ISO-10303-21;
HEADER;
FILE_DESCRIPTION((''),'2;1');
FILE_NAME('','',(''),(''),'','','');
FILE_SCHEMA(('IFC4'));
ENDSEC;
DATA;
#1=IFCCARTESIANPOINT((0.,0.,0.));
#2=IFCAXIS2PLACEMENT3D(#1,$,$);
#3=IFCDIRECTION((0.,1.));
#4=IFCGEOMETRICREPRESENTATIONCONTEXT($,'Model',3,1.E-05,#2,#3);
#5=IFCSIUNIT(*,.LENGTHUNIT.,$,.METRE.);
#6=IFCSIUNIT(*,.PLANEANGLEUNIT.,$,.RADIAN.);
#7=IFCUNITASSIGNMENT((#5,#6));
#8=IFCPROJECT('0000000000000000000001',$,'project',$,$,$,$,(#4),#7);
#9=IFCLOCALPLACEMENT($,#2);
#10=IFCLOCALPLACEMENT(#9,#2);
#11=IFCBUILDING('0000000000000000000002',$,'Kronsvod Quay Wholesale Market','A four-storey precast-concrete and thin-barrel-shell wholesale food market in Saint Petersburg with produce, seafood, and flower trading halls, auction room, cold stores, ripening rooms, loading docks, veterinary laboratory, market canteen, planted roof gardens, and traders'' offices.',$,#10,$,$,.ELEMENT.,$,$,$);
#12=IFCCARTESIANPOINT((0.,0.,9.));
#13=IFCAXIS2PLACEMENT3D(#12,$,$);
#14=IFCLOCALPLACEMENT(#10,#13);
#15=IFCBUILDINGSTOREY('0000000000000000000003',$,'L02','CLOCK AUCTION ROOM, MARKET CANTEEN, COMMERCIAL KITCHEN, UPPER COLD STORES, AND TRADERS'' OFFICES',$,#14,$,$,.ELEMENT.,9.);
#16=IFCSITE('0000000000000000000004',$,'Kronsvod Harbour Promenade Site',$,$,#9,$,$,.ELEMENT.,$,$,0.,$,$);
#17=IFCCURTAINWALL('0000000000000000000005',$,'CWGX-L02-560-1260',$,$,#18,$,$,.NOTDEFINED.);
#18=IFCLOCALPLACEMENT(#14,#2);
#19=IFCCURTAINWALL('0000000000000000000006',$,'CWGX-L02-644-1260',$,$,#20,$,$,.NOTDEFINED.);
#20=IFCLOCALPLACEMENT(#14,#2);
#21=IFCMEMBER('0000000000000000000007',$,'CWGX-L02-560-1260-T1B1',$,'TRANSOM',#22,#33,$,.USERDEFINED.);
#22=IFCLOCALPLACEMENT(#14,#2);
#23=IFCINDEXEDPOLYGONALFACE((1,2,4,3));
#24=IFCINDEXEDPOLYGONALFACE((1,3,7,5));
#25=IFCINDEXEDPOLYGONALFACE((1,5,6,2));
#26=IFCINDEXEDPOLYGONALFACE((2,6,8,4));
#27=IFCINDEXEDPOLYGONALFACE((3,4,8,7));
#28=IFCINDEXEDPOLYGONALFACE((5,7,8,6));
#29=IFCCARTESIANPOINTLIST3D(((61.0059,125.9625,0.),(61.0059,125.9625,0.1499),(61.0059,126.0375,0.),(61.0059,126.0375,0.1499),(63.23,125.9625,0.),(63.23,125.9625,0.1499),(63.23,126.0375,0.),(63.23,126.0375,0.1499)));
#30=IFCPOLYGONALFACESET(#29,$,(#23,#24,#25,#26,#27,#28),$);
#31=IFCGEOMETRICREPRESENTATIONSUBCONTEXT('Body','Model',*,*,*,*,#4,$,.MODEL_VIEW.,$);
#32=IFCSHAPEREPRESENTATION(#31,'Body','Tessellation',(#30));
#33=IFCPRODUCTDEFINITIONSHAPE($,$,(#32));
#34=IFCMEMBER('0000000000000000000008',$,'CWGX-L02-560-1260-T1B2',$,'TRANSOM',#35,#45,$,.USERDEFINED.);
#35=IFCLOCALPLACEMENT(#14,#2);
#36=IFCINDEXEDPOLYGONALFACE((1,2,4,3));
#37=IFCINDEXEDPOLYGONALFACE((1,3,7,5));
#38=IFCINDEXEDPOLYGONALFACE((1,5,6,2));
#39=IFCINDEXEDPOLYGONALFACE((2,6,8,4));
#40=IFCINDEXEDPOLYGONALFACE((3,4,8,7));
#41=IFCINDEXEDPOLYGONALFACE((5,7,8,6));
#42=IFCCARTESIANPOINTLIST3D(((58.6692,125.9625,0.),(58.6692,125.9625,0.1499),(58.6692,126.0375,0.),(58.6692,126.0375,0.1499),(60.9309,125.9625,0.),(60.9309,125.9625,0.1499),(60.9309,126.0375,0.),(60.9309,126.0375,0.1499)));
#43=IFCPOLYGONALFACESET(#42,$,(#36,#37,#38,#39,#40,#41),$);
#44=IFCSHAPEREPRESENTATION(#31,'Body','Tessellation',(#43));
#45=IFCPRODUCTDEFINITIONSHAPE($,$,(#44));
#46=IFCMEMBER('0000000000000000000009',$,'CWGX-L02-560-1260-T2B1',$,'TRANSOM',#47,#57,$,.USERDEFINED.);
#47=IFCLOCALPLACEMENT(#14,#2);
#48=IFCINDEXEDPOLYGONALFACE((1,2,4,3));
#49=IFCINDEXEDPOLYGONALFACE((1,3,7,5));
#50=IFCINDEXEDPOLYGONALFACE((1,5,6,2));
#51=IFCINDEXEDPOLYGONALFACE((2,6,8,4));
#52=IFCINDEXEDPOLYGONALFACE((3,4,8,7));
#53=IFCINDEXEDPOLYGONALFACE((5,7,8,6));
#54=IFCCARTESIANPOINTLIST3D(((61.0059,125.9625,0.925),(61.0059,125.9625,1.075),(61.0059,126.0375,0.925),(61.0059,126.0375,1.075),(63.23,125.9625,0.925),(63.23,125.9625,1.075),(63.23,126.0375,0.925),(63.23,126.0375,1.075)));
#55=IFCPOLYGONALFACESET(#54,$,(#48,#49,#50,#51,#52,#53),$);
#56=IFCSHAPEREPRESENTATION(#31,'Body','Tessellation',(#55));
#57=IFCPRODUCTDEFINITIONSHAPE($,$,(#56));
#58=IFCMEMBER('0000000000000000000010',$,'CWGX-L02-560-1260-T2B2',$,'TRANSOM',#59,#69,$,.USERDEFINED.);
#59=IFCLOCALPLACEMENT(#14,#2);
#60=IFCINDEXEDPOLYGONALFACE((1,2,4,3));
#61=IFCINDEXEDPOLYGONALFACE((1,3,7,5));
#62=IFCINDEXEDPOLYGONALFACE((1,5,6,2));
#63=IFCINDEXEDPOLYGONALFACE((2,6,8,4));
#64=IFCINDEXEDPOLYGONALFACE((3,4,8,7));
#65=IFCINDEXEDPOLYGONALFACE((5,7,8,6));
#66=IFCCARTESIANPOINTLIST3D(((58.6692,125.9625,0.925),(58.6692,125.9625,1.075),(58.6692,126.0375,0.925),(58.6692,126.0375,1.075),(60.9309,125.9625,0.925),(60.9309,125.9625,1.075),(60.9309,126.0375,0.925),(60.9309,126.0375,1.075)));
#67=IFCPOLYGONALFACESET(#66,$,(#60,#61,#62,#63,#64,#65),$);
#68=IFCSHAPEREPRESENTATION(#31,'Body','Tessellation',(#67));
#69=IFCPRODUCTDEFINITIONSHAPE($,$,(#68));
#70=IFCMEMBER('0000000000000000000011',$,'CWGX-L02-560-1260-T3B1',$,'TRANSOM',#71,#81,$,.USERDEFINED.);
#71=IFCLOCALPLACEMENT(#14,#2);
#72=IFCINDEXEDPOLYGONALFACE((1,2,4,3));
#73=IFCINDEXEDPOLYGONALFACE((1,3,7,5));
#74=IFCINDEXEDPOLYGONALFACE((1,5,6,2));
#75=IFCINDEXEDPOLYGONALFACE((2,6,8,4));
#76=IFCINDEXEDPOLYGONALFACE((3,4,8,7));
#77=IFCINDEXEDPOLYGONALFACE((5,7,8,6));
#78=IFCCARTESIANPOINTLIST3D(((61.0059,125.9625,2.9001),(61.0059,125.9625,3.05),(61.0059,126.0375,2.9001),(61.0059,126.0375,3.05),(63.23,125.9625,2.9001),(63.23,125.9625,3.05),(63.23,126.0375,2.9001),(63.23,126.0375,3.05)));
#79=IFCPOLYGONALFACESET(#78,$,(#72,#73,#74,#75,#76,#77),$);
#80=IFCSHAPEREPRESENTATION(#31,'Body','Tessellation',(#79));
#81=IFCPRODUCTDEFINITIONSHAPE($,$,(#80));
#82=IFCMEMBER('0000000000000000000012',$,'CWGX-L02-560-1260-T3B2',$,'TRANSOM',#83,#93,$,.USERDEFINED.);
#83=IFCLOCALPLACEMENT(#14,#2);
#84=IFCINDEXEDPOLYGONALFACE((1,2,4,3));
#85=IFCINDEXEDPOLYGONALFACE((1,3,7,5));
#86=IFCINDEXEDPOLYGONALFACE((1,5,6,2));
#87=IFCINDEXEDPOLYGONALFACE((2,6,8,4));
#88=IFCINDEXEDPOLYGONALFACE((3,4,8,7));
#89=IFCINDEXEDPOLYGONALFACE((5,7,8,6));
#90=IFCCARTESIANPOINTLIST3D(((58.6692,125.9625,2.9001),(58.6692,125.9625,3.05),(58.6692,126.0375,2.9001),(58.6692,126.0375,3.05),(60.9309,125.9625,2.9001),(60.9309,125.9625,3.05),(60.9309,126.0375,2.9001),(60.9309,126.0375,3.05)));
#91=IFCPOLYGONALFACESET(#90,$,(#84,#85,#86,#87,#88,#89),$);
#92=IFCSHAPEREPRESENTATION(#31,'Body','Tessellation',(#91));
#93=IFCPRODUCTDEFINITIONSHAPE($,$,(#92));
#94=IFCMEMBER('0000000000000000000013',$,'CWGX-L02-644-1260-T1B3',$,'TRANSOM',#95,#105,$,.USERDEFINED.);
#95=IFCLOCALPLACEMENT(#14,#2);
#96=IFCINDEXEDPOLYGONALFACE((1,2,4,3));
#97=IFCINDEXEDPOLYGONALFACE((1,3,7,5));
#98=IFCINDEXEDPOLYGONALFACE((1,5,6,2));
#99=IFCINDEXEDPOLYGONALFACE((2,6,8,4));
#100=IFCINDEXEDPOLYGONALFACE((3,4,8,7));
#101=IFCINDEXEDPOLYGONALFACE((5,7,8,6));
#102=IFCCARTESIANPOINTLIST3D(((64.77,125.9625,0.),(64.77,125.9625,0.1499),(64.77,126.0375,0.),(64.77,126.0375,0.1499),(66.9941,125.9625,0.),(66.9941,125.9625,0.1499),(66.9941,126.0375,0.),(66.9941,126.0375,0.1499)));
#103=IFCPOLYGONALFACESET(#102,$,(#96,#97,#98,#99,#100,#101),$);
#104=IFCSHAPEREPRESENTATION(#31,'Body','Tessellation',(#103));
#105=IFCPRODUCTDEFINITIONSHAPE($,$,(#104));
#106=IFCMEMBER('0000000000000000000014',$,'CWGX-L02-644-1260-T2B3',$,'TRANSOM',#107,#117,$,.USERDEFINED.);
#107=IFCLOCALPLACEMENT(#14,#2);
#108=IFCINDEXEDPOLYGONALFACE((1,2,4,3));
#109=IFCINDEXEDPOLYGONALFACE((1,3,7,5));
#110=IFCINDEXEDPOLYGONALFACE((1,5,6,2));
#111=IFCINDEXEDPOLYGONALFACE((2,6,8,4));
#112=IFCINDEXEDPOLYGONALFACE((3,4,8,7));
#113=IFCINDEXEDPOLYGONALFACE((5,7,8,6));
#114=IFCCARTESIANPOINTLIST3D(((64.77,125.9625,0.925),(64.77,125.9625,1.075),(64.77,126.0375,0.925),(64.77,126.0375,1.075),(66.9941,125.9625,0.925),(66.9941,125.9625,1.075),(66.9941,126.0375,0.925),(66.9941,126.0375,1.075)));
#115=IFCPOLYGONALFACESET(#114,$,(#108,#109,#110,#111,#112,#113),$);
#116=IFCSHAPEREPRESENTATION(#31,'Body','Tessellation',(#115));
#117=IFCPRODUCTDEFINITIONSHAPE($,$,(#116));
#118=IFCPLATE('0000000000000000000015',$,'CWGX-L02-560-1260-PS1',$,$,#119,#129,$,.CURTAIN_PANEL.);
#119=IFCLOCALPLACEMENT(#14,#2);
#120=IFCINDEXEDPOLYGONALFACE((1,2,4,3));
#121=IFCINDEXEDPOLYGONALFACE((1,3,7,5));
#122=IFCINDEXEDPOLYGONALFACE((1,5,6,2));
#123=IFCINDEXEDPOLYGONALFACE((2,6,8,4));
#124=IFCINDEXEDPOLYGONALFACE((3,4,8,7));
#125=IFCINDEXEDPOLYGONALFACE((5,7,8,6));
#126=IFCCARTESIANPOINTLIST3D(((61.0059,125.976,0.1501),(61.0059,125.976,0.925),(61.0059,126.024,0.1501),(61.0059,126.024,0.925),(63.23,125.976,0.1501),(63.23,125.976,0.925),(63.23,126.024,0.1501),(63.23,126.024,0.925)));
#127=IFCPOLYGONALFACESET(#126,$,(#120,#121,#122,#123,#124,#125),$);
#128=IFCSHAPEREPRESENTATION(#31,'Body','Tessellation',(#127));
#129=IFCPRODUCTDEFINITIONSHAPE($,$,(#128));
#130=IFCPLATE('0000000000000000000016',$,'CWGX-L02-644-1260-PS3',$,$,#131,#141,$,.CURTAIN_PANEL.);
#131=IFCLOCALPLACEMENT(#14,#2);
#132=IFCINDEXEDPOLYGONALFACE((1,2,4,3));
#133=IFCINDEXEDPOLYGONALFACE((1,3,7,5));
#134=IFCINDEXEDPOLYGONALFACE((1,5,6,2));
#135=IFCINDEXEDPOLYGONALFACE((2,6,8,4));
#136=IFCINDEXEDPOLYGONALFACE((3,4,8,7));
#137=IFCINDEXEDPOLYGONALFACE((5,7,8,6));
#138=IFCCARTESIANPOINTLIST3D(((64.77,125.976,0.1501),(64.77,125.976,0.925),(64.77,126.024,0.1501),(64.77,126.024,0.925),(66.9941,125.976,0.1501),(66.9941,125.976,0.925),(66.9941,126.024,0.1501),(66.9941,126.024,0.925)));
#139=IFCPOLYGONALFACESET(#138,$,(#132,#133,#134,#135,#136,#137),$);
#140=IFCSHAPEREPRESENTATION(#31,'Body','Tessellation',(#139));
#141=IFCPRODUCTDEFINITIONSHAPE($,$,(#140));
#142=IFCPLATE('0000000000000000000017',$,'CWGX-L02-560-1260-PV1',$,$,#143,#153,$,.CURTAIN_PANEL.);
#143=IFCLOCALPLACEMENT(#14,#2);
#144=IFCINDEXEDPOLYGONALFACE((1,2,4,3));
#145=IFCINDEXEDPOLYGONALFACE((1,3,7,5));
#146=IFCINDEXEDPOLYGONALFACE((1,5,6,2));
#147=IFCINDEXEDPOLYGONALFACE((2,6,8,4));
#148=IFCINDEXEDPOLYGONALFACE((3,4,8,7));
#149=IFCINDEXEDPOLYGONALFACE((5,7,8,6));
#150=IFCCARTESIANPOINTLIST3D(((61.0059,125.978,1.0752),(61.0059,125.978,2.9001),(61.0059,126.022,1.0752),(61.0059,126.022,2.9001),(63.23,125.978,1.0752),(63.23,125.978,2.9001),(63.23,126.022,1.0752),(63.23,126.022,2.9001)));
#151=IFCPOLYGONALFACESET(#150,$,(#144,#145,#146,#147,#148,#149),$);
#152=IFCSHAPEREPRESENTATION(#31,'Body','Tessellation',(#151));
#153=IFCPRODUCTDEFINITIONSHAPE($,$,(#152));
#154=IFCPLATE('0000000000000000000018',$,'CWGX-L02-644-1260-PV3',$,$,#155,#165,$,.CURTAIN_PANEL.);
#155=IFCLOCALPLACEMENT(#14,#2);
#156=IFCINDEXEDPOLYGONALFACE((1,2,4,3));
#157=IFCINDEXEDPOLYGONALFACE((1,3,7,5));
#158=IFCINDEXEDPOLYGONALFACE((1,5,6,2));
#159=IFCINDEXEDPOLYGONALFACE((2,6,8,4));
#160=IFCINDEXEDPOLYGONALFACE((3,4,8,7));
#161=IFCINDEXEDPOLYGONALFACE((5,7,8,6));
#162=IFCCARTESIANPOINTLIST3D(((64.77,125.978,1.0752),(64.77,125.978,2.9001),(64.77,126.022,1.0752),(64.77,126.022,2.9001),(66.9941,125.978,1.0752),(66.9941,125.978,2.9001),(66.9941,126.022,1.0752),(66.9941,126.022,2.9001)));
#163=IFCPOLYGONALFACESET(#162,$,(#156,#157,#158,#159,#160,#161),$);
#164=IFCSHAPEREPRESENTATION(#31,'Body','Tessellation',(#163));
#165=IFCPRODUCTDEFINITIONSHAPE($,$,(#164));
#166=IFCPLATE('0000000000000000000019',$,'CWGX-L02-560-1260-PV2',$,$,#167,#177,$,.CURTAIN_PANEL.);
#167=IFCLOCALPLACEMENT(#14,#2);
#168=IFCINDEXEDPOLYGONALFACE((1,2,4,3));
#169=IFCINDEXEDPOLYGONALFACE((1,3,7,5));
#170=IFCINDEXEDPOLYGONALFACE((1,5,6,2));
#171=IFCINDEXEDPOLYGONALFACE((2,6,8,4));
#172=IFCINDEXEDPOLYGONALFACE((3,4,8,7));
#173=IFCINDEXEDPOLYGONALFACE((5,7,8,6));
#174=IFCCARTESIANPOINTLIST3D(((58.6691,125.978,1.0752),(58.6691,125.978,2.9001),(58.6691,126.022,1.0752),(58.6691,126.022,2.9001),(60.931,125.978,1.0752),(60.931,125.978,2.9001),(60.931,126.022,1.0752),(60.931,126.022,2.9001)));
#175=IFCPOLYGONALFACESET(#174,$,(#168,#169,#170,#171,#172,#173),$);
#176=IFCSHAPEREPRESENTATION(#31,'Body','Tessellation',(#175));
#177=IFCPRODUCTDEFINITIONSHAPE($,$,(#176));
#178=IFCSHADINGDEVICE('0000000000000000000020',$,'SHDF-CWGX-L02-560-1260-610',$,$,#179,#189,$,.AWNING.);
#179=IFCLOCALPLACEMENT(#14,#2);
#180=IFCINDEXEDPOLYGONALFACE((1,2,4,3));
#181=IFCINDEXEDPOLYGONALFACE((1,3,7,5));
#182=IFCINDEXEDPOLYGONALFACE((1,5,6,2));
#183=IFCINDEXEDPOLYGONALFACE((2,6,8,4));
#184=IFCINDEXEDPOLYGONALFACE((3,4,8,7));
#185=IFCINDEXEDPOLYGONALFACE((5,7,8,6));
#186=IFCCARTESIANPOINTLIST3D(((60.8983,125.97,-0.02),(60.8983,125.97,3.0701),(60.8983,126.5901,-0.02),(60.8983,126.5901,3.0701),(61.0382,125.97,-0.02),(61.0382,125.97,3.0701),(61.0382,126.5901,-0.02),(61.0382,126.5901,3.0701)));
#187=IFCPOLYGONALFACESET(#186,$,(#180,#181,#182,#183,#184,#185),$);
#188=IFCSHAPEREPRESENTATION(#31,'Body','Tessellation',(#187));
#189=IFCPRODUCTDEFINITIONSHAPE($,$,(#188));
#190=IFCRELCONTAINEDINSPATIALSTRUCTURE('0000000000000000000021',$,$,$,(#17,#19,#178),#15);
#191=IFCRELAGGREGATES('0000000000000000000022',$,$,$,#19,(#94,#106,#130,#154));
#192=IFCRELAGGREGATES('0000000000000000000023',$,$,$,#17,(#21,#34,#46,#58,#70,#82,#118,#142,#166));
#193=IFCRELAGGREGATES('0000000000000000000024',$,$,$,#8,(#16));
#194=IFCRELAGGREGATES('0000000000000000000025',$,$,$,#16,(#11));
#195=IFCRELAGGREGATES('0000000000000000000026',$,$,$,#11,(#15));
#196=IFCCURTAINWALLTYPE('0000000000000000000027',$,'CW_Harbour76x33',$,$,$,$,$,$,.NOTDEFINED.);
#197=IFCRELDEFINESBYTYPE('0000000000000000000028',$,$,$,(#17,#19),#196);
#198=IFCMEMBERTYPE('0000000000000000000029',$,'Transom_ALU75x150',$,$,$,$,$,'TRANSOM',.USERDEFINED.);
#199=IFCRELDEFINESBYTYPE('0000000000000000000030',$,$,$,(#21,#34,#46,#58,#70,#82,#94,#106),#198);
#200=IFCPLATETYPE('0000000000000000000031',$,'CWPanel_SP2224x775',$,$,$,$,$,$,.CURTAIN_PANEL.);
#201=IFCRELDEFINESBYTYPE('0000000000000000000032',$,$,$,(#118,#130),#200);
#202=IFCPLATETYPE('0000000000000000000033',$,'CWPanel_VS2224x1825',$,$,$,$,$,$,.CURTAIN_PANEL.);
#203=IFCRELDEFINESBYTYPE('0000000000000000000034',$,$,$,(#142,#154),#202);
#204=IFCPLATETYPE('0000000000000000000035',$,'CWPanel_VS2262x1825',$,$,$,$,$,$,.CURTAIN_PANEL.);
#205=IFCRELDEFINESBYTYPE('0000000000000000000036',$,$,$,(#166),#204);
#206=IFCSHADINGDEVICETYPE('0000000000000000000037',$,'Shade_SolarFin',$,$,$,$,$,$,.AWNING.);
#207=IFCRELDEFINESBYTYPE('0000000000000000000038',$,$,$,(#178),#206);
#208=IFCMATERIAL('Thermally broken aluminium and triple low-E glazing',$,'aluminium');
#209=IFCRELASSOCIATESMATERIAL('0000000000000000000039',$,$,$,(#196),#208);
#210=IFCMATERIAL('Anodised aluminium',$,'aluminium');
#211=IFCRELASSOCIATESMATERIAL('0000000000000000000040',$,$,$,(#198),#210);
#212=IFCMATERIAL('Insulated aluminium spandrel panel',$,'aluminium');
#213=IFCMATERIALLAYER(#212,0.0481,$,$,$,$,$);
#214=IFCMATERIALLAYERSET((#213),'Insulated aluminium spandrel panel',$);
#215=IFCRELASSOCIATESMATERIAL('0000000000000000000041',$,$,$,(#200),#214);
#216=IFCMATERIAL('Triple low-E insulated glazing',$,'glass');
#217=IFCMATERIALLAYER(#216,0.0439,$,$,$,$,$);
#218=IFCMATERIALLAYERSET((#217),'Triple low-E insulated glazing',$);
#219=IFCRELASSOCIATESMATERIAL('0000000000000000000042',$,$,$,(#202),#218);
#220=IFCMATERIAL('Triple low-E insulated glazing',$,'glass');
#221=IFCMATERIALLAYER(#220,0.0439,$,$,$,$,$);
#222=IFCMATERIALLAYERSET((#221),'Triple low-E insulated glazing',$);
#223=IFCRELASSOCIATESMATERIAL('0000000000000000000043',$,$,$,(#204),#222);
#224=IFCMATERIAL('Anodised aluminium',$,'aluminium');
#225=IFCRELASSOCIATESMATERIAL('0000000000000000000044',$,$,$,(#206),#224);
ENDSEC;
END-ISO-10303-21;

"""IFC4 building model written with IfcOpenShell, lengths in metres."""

from ifc_helpers import new_model, si_unit, direction, frame, origin, origin_2d, place, context, subcontext, project, spatial, rectangle, extrude, material, layer, layer_set, material_profile, profile_set, type_object, element, aggregate, save


model = new_model("IFC4")

# Units and contexts
model_context = context("Model", 3, precision=1e-05, world=origin(), true_north=direction((0.0, 1.0)))
body_context = subcontext(model_context, "Body", "Model", "MODEL_VIEW")
ifc_project = project(units=[si_unit("LENGTHUNIT", "METRE"), si_unit("PLANEANGLEUNIT", "RADIAN")], contexts=[model_context])

# Site, building, storey
site_placement = place(None, origin())
site = spatial("IfcSite", under=ifc_project, at=site_placement, Name="Kronsvod Harbour Promenade Site", CompositionType="ELEMENT", RefElevation=0.0)
building_placement = place(site_placement, origin())
building = spatial("IfcBuilding", under=site, at=building_placement, Name="Kronsvod Quay Wholesale Market", Description="A four-storey precast-concrete and thin-barrel-shell wholesale food market in Saint Petersburg with produce, seafood, and flower trading halls, auction room, cold stores, ripening rooms, loading docks, veterinary laboratory, market canteen, planted roof gardens, and traders' offices.", CompositionType="ELEMENT")
storey_placement = place(building_placement, frame((0.0, 0.0, 9.0)))
storey = spatial("IfcBuildingStorey", under=building, at=storey_placement, Name="L02", Description="CLOCK AUCTION ROOM, MARKET CANTEEN, COMMERCIAL KITCHEN, UPPER COLD STORES, AND TRADERS' OFFICES", CompositionType="ELEMENT", Elevation=9.0)

# Curtain wall
ifc_material_1 = material(Name="Thermally broken aluminium and triple low-E glazing", Category="aluminium")
curtain_wall_type = type_object("IfcCurtainWallType", Name="CW_Harbour76x33", PredefinedType="NOTDEFINED", material=ifc_material_1)
curtain_wall_1_placement = place(storey_placement, origin())
curtain_wall_1 = element("IfcCurtainWall", 1, at=curtain_wall_1_placement, inside=storey, type_object=curtain_wall_type, Name="CWGX-L02-560-1260", PredefinedType="NOTDEFINED")

# Curtain wall
curtain_wall_2_placement = place(storey_placement, origin())
curtain_wall_2 = element("IfcCurtainWall", 2, at=curtain_wall_2_placement, inside=storey, type_object=curtain_wall_type, Name="CWGX-L02-644-1260", PredefinedType="NOTDEFINED")

# Members
ifc_material_2 = material(Name="Anodised aluminium", Category="aluminium")
ifc_material_profile_1 = material_profile(ifc_material_2, rectangle(XDim=0.075, YDim=0.1499, at=origin_2d()), Name="ALUT75x150")
ifc_profile_set_1 = profile_set([ifc_material_profile_1], Name="Anodised aluminium")
member_type_1 = type_object("IfcMemberType", Name="Transom_ALU75x150", ElementType="TRANSOM", PredefinedType="USERDEFINED", material=ifc_profile_set_1)
member_1_placement = place(storey_placement, frame((63.23, 126.0, 0.075), z_axis=(-1.0, 0.0, 0.0), x_axis=(0.0, -1.0, 0.0)))
member_1 = element("IfcMember", 3, at=member_1_placement, type_object=member_type_1, Name="CWGX-L02-560-1260-T1B1", ObjectType="TRANSOM", PredefinedType="USERDEFINED", context=body_context, shape_type="SweptSolid", body=[
    extrude(rectangle(XDim=0.075, YDim=0.1499, at=origin_2d()), origin(), (0.0, 0.0, 1.0), 2.2241),
])
member_2_placement = place(storey_placement, frame((60.9309, 126.0, 0.075), z_axis=(-1.0, 0.0, 0.0), x_axis=(0.0, -1.0, 0.0)))
member_2 = element("IfcMember", 4, at=member_2_placement, type_object=member_type_1, Name="CWGX-L02-560-1260-T1B2", ObjectType="TRANSOM", PredefinedType="USERDEFINED", context=body_context, shape_type="SweptSolid", body=[
    extrude(rectangle(XDim=0.075, YDim=0.1499, at=origin_2d()), origin(), (0.0, 0.0, 1.0), 2.2617),
])
member_3_placement = place(storey_placement, frame((63.23, 126.0, 1.0), z_axis=(-1.0, 0.0, 0.0), x_axis=(0.0, -1.0, 0.0)))
member_3 = element("IfcMember", 5, at=member_3_placement, type_object=member_type_1, Name="CWGX-L02-560-1260-T2B1", ObjectType="TRANSOM", PredefinedType="USERDEFINED", context=body_context, shape_type="SweptSolid", body=[
    extrude(rectangle(XDim=0.075, YDim=0.1499, at=origin_2d()), origin(), (0.0, 0.0, 1.0), 2.2241),
])
member_4_placement = place(storey_placement, frame((60.9309, 126.0, 1.0), z_axis=(-1.0, 0.0, 0.0), x_axis=(0.0, -1.0, 0.0)))
member_4 = element("IfcMember", 6, at=member_4_placement, type_object=member_type_1, Name="CWGX-L02-560-1260-T2B2", ObjectType="TRANSOM", PredefinedType="USERDEFINED", context=body_context, shape_type="SweptSolid", body=[
    extrude(rectangle(XDim=0.075, YDim=0.1499, at=origin_2d()), origin(), (0.0, 0.0, 1.0), 2.2617),
])
member_5_placement = place(storey_placement, frame((63.23, 126.0, 2.9751), z_axis=(-1.0, 0.0, 0.0), x_axis=(0.0, -1.0, 0.0)))
member_5 = element("IfcMember", 7, at=member_5_placement, type_object=member_type_1, Name="CWGX-L02-560-1260-T3B1", ObjectType="TRANSOM", PredefinedType="USERDEFINED", context=body_context, shape_type="SweptSolid", body=[
    extrude(rectangle(XDim=0.075, YDim=0.1499, at=origin_2d()), origin(), (0.0, 0.0, 1.0), 2.2241),
])
member_6_placement = place(storey_placement, frame((60.9309, 126.0, 2.9751), z_axis=(-1.0, 0.0, 0.0), x_axis=(0.0, -1.0, 0.0)))
member_6 = element("IfcMember", 8, at=member_6_placement, type_object=member_type_1, Name="CWGX-L02-560-1260-T3B2", ObjectType="TRANSOM", PredefinedType="USERDEFINED", context=body_context, shape_type="SweptSolid", body=[
    extrude(rectangle(XDim=0.075, YDim=0.1499, at=origin_2d()), origin(), (0.0, 0.0, 1.0), 2.2617),
])
member_7_placement = place(storey_placement, frame((66.9941, 126.0, 0.075), z_axis=(-1.0, 0.0, 0.0), x_axis=(0.0, -1.0, 0.0)))
member_7 = element("IfcMember", 9, at=member_7_placement, type_object=member_type_1, Name="CWGX-L02-644-1260-T1B3", ObjectType="TRANSOM", PredefinedType="USERDEFINED", context=body_context, shape_type="SweptSolid", body=[
    extrude(rectangle(XDim=0.075, YDim=0.1499, at=origin_2d()), origin(), (0.0, 0.0, 1.0), 2.2241),
])
member_8_placement = place(storey_placement, frame((66.9941, 126.0, 1.0), z_axis=(-1.0, 0.0, 0.0), x_axis=(0.0, -1.0, 0.0)))
member_8 = element("IfcMember", 10, at=member_8_placement, type_object=member_type_1, Name="CWGX-L02-644-1260-T2B3", ObjectType="TRANSOM", PredefinedType="USERDEFINED", context=body_context, shape_type="SweptSolid", body=[
    extrude(rectangle(XDim=0.075, YDim=0.1499, at=origin_2d()), origin(), (0.0, 0.0, 1.0), 2.2241),
])

# Plates
ifc_material_3 = material(Name="Insulated aluminium spandrel panel", Category="aluminium")
ifc_layer_1 = layer(ifc_material_3, 0.0481)
ifc_layer_set_1 = layer_set([ifc_layer_1], Name="Insulated aluminium spandrel panel")
plate_type_1 = type_object("IfcPlateType", Name="CWPanel_SP2224x775", PredefinedType="CURTAIN_PANEL", material=ifc_layer_set_1)
plate_1_placement = place(storey_placement, frame((62.1179, 126.0, 0.1501), z_axis=(0.0, 0.0, 1.0), x_axis=(-1.0, 0.0, 0.0)))
plate_1 = element("IfcPlate", 11, at=plate_1_placement, type_object=plate_type_1, Name="CWGX-L02-560-1260-PS1", PredefinedType="CURTAIN_PANEL", context=body_context, shape_type="SweptSolid", body=[
    extrude(rectangle(XDim=2.2241, YDim=0.0481, at=origin_2d()), origin(), (0.0, 0.0, 1.0), 0.7749),
])
plate_2_placement = place(storey_placement, frame((65.8821, 126.0, 0.1501), z_axis=(0.0, 0.0, 1.0), x_axis=(-1.0, 0.0, 0.0)))
plate_2 = element("IfcPlate", 12, at=plate_2_placement, type_object=plate_type_1, Name="CWGX-L02-644-1260-PS3", PredefinedType="CURTAIN_PANEL", context=body_context, shape_type="SweptSolid", body=[
    extrude(rectangle(XDim=2.2241, YDim=0.0481, at=origin_2d()), origin(), (0.0, 0.0, 1.0), 0.7749),
])
ifc_material_4 = material(Name="Triple low-E insulated glazing", Category="glass")
ifc_layer_2 = layer(ifc_material_4, 0.0439)
ifc_layer_set_2 = layer_set([ifc_layer_2], Name="Triple low-E insulated glazing")
plate_type_2 = type_object("IfcPlateType", Name="CWPanel_VS2224x1825", PredefinedType="CURTAIN_PANEL", material=ifc_layer_set_2)
plate_3_placement = place(storey_placement, frame((62.1179, 126.0, 1.0752), z_axis=(0.0, 0.0, 1.0), x_axis=(-1.0, 0.0, 0.0)))
plate_3 = element("IfcPlate", 13, at=plate_3_placement, type_object=plate_type_2, Name="CWGX-L02-560-1260-PV1", PredefinedType="CURTAIN_PANEL", context=body_context, shape_type="SweptSolid", body=[
    extrude(rectangle(XDim=2.2241, YDim=0.0439, at=origin_2d()), origin(), (0.0, 0.0, 1.0), 1.825),
])
plate_4_placement = place(storey_placement, frame((65.8821, 126.0, 1.0752), z_axis=(0.0, 0.0, 1.0), x_axis=(-1.0, 0.0, 0.0)))
plate_4 = element("IfcPlate", 14, at=plate_4_placement, type_object=plate_type_2, Name="CWGX-L02-644-1260-PV3", PredefinedType="CURTAIN_PANEL", context=body_context, shape_type="SweptSolid", body=[
    extrude(rectangle(XDim=2.2241, YDim=0.0439, at=origin_2d()), origin(), (0.0, 0.0, 1.0), 1.825),
])
aggregate(curtain_wall_2, [member_7, member_8, plate_2, plate_4])
ifc_material_5 = material(Name="Triple low-E insulated glazing", Category="glass")
ifc_layer_3 = layer(ifc_material_5, 0.0439)
ifc_layer_set_3 = layer_set([ifc_layer_3], Name="Triple low-E insulated glazing")
plate_type_3 = type_object("IfcPlateType", Name="CWPanel_VS2262x1825", PredefinedType="CURTAIN_PANEL", material=ifc_layer_set_3)
plate_5_placement = place(storey_placement, frame((59.8, 126.0, 1.0752), z_axis=(0.0, 0.0, 1.0), x_axis=(-1.0, 0.0, 0.0)))
plate_5 = element("IfcPlate", 15, at=plate_5_placement, type_object=plate_type_3, Name="CWGX-L02-560-1260-PV2", PredefinedType="CURTAIN_PANEL", context=body_context, shape_type="SweptSolid", body=[
    extrude(rectangle(XDim=2.262, YDim=0.0439, at=origin_2d()), origin(), (0.0, 0.0, 1.0), 1.825),
])
aggregate(curtain_wall_1, [member_1, member_2, member_3, member_4, member_5, member_6, plate_1, plate_3, plate_5])

# Shading device
ifc_material_6 = material(Name="Anodised aluminium", Category="aluminium")
shading_device_type_1 = type_object("IfcShadingDeviceType", Name="Shade_SolarFin", PredefinedType="AWNING", material=ifc_material_6)
shading_device_1_placement = place(storey_placement, frame((60.9683, 126.28, -0.02), z_axis=(0.0, 0.0, 1.0), x_axis=(1.0, 0.0, 0.0)))
element("IfcShadingDevice", 16, at=shading_device_1_placement, inside=storey, type_object=shading_device_type_1, Name="SHDF-CWGX-L02-560-1260-610", PredefinedType="AWNING", context=body_context, shape_type="SweptSolid", body=[
    extrude(rectangle(XDim=0.1399, YDim=0.6201, at=origin_2d()), origin(), (0.0, 0.0, 1.0), 3.0901),
])

save(model, "model.ifc")
